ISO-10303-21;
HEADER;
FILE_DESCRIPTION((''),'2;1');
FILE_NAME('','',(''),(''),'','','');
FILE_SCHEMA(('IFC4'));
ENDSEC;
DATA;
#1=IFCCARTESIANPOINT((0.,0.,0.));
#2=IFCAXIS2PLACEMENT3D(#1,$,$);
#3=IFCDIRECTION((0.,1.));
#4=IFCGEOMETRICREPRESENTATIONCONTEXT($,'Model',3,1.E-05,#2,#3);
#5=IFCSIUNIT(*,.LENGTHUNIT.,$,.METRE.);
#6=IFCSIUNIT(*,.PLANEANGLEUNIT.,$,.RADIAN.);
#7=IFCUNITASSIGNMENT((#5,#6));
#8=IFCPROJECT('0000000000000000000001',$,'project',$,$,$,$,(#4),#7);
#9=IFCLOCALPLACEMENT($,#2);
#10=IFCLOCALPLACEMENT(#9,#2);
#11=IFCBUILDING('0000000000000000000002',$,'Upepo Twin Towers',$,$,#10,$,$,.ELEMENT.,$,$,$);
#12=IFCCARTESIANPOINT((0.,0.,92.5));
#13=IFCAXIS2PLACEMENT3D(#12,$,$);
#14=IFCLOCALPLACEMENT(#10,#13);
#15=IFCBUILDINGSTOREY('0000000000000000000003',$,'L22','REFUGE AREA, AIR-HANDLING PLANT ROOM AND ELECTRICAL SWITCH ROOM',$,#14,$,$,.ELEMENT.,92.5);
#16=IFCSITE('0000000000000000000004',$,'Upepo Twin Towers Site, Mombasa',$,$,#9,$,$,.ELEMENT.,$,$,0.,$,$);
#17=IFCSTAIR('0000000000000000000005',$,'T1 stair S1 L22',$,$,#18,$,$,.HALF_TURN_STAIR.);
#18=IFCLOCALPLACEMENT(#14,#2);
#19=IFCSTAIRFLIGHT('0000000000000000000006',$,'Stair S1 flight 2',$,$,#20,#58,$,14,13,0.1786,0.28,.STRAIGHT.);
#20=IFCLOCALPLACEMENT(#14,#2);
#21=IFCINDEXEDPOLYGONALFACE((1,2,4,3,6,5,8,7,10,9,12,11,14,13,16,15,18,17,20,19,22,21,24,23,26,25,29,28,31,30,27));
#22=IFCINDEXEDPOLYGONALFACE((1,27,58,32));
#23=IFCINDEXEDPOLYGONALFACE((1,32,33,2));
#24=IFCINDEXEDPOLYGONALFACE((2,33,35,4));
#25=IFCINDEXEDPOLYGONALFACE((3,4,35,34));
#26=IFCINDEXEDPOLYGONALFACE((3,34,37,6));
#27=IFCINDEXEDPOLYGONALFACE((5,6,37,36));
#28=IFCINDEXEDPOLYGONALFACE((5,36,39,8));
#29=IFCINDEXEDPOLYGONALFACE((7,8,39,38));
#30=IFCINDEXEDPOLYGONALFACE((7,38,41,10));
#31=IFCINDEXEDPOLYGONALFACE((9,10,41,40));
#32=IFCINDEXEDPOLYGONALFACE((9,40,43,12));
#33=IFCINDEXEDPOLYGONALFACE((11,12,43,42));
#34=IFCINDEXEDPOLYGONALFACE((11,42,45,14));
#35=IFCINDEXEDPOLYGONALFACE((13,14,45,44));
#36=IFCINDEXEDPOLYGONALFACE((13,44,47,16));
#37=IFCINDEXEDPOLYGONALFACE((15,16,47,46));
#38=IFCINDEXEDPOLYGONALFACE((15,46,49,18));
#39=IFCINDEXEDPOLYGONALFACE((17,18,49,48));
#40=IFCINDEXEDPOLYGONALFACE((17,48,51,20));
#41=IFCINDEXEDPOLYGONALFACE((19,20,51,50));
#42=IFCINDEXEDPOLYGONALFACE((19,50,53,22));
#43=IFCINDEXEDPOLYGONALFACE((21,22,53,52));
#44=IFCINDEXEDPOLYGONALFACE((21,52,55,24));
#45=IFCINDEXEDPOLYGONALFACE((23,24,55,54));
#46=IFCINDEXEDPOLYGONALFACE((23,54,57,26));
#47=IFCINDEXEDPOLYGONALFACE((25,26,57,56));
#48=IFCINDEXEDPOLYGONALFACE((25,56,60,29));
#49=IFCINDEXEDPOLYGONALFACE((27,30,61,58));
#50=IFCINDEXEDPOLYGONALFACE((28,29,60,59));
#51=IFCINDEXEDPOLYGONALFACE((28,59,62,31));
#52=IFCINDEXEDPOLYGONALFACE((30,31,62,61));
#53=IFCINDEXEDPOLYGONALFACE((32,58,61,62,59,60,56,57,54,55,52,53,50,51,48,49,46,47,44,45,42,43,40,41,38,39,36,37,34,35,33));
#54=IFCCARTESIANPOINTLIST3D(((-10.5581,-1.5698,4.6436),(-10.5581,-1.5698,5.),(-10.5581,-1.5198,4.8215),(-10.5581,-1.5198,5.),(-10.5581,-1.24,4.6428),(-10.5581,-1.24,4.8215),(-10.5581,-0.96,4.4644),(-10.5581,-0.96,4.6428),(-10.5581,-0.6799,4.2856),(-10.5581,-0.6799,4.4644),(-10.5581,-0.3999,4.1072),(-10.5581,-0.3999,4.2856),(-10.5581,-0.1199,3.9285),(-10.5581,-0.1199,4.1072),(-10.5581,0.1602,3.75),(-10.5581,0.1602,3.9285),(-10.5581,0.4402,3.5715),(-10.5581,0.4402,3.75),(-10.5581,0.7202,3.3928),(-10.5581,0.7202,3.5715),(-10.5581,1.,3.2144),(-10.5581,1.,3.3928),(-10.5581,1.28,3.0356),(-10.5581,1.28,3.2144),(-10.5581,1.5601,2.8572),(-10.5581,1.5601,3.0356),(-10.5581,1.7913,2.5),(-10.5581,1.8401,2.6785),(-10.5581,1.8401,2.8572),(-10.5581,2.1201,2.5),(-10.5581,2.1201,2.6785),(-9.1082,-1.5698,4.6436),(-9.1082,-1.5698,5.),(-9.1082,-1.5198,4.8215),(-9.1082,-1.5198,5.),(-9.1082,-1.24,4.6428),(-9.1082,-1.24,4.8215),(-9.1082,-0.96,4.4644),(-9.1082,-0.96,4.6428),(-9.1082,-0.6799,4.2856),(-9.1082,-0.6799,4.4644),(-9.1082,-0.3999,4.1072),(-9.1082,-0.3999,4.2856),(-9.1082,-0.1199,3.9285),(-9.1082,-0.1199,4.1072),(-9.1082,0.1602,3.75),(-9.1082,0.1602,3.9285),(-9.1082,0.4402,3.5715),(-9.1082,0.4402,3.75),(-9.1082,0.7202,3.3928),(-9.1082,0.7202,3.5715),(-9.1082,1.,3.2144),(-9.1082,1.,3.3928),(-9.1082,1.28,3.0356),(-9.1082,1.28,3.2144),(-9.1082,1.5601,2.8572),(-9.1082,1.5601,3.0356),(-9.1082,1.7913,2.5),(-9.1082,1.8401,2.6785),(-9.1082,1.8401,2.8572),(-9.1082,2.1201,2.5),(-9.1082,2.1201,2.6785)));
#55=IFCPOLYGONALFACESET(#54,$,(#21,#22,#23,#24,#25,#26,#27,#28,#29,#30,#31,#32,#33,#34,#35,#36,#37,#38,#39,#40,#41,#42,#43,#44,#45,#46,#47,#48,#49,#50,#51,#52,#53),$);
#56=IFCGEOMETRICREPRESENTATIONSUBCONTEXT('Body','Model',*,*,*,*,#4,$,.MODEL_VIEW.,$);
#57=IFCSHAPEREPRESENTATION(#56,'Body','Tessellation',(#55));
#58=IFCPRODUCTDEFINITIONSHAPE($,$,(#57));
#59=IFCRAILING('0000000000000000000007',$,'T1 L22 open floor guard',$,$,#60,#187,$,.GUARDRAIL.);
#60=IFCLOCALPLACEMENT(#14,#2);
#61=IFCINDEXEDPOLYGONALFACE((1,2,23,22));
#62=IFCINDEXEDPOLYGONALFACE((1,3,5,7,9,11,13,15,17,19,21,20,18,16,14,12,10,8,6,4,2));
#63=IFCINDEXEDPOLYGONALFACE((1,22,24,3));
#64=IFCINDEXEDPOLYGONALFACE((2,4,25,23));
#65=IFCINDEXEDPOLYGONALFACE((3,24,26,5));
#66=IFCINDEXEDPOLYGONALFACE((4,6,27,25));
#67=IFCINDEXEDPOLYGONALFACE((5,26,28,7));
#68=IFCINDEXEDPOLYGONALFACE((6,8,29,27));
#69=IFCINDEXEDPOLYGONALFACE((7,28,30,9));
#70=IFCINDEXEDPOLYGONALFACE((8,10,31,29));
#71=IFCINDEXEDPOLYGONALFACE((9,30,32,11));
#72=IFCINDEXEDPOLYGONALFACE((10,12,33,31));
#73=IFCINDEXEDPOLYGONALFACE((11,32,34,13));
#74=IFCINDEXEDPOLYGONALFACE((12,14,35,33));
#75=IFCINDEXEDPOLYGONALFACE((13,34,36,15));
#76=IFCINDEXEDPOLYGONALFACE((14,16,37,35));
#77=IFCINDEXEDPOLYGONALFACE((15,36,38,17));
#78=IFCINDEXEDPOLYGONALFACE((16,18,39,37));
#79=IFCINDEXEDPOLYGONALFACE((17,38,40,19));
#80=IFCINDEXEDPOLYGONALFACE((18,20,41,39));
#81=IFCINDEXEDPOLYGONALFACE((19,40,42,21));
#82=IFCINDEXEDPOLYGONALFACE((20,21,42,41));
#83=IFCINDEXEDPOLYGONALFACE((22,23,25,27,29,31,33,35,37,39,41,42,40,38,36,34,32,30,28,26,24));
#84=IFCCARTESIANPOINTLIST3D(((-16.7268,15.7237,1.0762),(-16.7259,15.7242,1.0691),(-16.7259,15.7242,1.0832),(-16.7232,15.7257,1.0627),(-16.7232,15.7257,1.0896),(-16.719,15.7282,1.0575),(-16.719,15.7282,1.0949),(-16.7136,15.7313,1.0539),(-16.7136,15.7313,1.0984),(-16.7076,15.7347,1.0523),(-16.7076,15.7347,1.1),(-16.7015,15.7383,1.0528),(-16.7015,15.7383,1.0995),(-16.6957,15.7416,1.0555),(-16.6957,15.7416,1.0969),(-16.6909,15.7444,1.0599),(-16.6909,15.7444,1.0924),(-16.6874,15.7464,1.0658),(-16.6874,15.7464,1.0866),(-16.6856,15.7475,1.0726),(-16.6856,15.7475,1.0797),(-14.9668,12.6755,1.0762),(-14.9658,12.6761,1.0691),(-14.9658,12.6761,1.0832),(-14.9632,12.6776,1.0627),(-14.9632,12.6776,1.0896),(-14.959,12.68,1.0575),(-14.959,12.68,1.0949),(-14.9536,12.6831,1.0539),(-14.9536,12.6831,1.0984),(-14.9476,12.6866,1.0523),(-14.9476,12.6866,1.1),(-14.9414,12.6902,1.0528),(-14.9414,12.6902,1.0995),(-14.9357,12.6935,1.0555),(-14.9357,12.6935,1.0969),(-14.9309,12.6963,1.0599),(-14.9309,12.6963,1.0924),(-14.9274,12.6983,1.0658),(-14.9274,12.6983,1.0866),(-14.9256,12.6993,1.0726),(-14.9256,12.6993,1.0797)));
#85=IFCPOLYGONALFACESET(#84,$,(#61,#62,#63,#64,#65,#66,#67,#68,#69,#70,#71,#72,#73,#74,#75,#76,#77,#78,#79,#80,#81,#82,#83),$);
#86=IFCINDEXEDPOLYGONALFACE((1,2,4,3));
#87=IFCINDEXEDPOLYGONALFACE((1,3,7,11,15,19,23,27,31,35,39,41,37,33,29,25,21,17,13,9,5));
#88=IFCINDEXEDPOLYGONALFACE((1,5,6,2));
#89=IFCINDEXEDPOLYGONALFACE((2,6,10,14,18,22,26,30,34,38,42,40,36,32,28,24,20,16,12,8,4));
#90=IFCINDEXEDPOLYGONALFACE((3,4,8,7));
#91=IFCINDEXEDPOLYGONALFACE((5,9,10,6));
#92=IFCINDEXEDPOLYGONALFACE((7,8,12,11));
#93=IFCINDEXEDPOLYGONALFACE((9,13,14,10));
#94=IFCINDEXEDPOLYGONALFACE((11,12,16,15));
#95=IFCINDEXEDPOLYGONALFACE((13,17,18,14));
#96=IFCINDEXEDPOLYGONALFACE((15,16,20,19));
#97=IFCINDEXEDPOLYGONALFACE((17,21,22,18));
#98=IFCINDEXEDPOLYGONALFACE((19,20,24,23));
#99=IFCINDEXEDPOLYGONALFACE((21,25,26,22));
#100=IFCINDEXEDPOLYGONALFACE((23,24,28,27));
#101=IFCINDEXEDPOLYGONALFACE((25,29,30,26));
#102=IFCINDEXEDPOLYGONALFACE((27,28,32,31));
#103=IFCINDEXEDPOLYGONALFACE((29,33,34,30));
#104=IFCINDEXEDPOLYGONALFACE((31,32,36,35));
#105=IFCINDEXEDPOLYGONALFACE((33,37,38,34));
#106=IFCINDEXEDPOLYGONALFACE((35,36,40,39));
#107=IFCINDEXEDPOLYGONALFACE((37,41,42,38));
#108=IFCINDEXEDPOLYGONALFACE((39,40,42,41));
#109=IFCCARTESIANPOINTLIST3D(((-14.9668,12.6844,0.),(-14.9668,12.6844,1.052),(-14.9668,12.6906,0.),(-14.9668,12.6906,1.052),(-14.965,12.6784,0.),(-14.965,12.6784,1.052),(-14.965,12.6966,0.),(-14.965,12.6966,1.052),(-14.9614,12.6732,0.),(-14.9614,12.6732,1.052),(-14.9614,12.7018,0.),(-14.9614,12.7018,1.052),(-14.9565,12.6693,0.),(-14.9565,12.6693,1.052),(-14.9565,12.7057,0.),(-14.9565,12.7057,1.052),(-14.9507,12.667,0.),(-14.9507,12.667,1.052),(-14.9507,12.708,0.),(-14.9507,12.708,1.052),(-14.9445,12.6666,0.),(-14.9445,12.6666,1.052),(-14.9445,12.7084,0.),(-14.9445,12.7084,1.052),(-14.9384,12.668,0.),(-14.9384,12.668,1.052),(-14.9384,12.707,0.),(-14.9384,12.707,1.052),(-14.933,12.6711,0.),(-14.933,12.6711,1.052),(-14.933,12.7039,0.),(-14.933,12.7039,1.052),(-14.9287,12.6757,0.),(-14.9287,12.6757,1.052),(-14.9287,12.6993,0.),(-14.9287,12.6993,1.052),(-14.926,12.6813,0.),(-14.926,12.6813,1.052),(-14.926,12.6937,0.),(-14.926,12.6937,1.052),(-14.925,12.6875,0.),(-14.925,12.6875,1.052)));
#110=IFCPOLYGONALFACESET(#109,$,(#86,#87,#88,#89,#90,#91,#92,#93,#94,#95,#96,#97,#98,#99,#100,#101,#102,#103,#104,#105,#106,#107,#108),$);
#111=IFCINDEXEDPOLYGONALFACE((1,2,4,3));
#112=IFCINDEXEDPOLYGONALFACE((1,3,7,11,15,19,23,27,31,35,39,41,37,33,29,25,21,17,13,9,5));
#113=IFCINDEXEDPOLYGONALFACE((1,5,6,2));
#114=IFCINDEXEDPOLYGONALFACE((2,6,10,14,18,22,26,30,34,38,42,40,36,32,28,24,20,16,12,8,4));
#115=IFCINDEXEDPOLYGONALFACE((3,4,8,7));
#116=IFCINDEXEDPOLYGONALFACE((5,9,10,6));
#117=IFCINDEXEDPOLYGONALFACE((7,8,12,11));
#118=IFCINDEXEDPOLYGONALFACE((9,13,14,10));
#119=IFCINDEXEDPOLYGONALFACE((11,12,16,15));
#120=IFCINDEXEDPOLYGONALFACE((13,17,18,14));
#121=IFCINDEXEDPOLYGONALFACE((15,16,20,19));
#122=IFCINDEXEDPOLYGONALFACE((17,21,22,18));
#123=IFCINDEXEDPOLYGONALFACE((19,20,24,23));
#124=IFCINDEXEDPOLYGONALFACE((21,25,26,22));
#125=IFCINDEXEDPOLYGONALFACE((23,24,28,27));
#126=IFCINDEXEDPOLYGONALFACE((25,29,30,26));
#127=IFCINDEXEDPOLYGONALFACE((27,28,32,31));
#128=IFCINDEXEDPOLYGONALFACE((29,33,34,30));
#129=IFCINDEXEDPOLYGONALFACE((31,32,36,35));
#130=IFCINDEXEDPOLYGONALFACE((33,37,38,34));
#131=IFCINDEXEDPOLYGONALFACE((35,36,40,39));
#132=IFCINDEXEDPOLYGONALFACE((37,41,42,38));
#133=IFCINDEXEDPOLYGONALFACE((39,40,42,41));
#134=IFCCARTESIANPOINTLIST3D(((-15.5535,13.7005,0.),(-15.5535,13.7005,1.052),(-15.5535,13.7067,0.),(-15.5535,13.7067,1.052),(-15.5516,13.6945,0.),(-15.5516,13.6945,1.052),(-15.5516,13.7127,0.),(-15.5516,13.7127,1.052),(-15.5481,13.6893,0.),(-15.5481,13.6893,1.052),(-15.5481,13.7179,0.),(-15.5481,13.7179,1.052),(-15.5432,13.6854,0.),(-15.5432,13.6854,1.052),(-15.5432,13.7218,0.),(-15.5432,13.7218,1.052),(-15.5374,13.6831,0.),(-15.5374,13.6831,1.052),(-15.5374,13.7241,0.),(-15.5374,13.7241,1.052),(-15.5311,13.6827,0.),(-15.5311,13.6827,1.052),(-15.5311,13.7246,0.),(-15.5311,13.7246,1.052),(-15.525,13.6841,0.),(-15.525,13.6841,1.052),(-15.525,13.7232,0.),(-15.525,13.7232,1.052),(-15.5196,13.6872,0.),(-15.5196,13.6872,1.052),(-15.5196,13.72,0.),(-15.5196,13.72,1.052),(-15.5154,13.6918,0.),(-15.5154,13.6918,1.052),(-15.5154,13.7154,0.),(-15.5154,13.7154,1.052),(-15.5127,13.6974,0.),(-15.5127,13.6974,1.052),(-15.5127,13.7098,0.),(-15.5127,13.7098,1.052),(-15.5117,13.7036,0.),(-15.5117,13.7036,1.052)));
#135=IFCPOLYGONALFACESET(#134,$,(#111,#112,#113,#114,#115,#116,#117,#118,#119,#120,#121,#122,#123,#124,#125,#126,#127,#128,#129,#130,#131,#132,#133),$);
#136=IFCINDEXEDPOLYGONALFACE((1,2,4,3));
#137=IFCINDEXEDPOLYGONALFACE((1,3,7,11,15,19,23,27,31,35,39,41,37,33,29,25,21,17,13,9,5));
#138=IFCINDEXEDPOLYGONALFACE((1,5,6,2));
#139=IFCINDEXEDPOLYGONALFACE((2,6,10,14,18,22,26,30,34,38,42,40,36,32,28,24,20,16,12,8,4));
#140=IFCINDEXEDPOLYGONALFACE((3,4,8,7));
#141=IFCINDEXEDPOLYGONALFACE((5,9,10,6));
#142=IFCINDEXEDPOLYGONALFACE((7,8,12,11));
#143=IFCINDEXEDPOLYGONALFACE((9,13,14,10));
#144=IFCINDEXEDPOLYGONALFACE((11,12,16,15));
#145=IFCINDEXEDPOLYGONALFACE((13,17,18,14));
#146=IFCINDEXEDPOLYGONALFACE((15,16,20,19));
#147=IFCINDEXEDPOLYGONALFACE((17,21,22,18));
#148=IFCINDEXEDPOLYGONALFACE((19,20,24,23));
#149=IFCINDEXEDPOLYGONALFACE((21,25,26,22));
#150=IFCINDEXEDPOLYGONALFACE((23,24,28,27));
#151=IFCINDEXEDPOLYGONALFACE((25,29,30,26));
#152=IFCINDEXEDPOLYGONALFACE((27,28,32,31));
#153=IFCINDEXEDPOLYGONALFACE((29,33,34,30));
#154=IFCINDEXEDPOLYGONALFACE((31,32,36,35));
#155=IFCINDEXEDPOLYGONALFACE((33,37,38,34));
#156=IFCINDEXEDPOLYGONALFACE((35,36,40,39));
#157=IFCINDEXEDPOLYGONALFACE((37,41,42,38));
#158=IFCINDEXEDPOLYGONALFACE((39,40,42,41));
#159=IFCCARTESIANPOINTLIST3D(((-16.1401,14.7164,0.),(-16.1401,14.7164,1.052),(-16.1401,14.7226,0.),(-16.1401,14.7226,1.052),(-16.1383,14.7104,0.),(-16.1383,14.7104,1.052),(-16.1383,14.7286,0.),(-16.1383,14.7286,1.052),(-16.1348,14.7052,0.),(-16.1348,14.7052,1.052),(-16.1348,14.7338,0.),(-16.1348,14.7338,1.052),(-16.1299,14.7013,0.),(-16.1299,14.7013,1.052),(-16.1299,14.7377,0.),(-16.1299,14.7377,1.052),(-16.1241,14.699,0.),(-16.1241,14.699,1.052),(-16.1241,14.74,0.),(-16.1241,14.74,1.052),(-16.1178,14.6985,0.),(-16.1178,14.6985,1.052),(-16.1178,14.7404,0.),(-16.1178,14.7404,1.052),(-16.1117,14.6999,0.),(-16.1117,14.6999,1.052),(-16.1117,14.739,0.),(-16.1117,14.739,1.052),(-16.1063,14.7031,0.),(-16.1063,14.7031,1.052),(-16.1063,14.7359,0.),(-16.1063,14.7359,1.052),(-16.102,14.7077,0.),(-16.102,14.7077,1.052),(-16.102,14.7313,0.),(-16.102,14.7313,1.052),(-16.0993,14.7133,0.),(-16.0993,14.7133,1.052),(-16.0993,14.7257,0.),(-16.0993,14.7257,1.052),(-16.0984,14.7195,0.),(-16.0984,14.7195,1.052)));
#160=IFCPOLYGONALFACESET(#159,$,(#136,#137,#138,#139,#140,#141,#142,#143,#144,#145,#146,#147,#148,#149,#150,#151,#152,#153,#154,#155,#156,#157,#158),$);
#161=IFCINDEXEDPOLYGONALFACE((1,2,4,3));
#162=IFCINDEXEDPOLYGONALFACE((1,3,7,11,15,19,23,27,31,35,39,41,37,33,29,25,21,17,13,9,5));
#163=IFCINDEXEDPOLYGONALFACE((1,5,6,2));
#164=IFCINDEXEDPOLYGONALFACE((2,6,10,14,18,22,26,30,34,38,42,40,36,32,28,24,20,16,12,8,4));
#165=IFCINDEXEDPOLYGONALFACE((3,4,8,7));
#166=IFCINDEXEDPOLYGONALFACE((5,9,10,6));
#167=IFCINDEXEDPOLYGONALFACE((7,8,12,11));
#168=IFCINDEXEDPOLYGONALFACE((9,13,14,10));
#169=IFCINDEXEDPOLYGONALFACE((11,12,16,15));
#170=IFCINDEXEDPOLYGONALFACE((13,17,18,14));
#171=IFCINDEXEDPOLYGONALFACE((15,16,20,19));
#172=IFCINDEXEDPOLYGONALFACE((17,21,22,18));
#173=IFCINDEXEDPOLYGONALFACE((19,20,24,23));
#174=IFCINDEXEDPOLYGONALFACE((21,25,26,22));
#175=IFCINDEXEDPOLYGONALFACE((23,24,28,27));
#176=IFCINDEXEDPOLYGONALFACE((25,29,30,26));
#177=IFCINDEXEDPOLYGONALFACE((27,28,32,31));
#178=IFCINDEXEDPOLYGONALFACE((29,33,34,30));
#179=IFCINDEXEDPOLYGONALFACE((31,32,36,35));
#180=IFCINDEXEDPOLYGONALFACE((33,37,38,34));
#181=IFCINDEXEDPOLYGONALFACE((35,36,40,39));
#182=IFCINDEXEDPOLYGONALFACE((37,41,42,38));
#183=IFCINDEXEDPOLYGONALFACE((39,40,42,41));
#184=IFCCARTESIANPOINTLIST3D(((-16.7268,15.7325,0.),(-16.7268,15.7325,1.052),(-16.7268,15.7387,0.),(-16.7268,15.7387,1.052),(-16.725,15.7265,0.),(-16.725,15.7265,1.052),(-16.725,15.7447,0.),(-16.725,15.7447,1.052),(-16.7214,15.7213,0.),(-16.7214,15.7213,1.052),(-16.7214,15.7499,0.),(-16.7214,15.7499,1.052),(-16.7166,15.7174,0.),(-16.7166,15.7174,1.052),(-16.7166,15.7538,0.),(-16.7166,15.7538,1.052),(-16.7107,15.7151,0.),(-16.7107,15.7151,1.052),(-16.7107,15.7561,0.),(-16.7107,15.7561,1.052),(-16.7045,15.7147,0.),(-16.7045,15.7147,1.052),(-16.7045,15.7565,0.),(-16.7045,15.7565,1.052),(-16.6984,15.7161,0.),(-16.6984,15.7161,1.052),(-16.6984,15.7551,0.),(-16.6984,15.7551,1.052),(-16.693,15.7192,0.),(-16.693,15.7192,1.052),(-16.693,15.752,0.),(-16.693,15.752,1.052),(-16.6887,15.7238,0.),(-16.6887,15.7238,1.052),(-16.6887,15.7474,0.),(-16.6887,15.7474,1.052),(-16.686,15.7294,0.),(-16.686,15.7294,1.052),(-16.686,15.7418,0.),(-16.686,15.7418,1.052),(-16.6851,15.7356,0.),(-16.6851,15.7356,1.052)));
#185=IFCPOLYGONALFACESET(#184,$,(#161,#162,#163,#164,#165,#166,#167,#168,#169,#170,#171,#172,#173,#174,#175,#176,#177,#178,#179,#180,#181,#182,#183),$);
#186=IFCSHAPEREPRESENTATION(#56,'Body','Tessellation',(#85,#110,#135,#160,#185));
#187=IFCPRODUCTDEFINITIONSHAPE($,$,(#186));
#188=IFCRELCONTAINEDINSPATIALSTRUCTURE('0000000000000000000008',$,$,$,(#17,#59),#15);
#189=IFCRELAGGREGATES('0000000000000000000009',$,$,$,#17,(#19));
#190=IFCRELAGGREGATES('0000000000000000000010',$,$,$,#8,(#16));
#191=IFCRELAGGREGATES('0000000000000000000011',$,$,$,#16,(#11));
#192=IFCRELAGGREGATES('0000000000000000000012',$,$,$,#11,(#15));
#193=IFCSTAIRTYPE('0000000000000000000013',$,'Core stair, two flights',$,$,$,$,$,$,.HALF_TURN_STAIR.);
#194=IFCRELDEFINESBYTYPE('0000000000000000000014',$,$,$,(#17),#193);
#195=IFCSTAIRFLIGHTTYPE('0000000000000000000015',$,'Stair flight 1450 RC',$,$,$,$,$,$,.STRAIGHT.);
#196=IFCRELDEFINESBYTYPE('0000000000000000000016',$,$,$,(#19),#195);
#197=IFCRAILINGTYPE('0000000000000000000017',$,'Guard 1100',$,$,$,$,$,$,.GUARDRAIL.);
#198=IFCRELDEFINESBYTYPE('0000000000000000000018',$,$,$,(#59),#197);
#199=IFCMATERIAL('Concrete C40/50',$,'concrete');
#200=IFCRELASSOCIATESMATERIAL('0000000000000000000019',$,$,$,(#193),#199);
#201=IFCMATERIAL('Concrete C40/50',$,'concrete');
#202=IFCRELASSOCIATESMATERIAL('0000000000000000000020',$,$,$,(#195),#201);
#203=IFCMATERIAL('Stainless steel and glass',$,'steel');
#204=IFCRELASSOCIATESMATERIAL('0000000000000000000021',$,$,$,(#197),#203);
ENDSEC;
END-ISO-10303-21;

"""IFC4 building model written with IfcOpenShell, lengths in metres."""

from ifc_helpers import new_model, si_unit, direction, frame, origin, origin_2d, place, context, subcontext, project, spatial, polyline, circle, outline, extrude, material, type_object, element, aggregate, save


model = new_model("IFC4")

# Units and contexts
model_context = context("Model", 3, precision=1e-05, world=origin(), true_north=direction((0.0, 1.0)))
body_context = subcontext(model_context, "Body", "Model", "MODEL_VIEW")
ifc_project = project(units=[si_unit("LENGTHUNIT", "METRE"), si_unit("PLANEANGLEUNIT", "RADIAN")], contexts=[model_context])

# Site, building, storey
site_placement = place(None, origin())
site = spatial("IfcSite", under=ifc_project, at=site_placement, Name="Upepo Twin Towers Site, Mombasa", CompositionType="ELEMENT", RefElevation=0.0)
building_placement = place(site_placement, origin())
building = spatial("IfcBuilding", under=site, at=building_placement, Name="Upepo Twin Towers", CompositionType="ELEMENT")
storey_placement = place(building_placement, frame((0.0, 0.0, 92.5)))
storey = spatial("IfcBuildingStorey", under=building, at=storey_placement, Name="L22", Description="REFUGE AREA, AIR-HANDLING PLANT ROOM AND ELECTRICAL SWITCH ROOM", CompositionType="ELEMENT", Elevation=92.5)

# Stair, stair flight
ifc_material_1 = material(Name="Concrete C40/50", Category="concrete")
stair_type = type_object("IfcStairType", Name="Core stair, two flights", PredefinedType="HALF_TURN_STAIR", material=ifc_material_1)
stair_placement = place(storey_placement, origin())
stair = element("IfcStair", 1, at=stair_placement, inside=storey, type_object=stair_type, Name="T1 stair S1 L22", PredefinedType="HALF_TURN_STAIR")
ifc_material_2 = material(Name="Concrete C40/50", Category="concrete")
stair_flight_type = type_object("IfcStairFlightType", Name="Stair flight 1450 RC", PredefinedType="STRAIGHT", material=ifc_material_2)
stair_flight_placement = place(storey_placement, frame((-9.8333, 2.1201, 2.5), z_axis=(0.0, 0.0, 1.0), x_axis=(0.0, -1.0, 0.0)))
stair_flight = element("IfcStairFlight", 2, at=stair_flight_placement, type_object=stair_flight_type, Name="Stair S1 flight 2", NumberOfRisers=14, NumberOfTreads=13, PredefinedType="STRAIGHT", RiserHeight=0.1786, TreadLength=0.28, context=body_context, shape_type="SweptSolid", body=[
    extrude(outline(polyline([(0.0, 0.0), (0.0, 0.1785), (0.28, 0.1785), (0.28, 0.3572), (0.5601, 0.3572), (0.5601, 0.5356), (0.8401, 0.5356), (0.8401, 0.7144), (1.1201, 0.7144), (1.1201, 0.8928), (1.3999, 0.8928), (1.3999, 1.0715), (1.6799, 1.0715), (1.6799, 1.25), (1.96, 1.25), (1.96, 1.4285), (2.24, 1.4285), (2.24, 1.6072), (2.52, 1.6072), (2.52, 1.7856), (2.8, 1.7856), (2.8, 1.9644), (3.0801, 1.9644), (3.0801, 2.1428), (3.3601, 2.1428), (3.3601, 2.3215), (3.6399, 2.3215), (3.6399, 2.5), (3.6899, 2.5), (3.6899, 2.1436), (0.3289, 0.0), (0.0, 0.0)])), frame((0.0, 0.7251, 0.0), z_axis=(0.0, -1.0, 0.0), x_axis=(1.0, 0.0, 0.0)), (0.0, 0.0, 1.0), 1.45),
])
aggregate(stair, [stair_flight])

# Railing
ifc_material_3 = material(Name="Stainless steel and glass", Category="steel")
railing_type_1 = type_object("IfcRailingType", Name="Guard 1100", PredefinedType="GUARDRAIL", material=ifc_material_3)
for number, where, name in (
    (3, (-14.946, 12.6875, 0.0), "T1 L22 open floor guard"),
):
    element("IfcRailing", number, at=place(storey_placement, frame(where)), inside=storey, type_object=railing_type_1, Name=name, PredefinedType="GUARDRAIL", context=body_context, shape_type="SweptSolid", body=[
        extrude(circle(Radius=0.0239, at=origin_2d()), frame((0.0, 0.0, 1.0762), z_axis=(-0.500041, 0.866002, 0.0), x_axis=(-0.866002, -0.500041, 0.0)), (0.0, 0.0, 1.0), 3.5198),
        extrude(circle(Radius=0.021, at=origin_2d()), origin(), (0.0, 0.0, 1.0), 1.052),
        extrude(circle(Radius=0.021, at=origin_2d()), frame((-0.5867, 1.0161, 0.0)), (0.0, 0.0, 1.0), 1.052),
        extrude(circle(Radius=0.021, at=origin_2d()), frame((-1.1733, 2.032, 0.0)), (0.0, 0.0, 1.0), 1.052),
        extrude(circle(Radius=0.021, at=origin_2d()), frame((-1.76, 3.0481, 0.0)), (0.0, 0.0, 1.0), 1.052),
    ])

save(model, "model.ifc")
